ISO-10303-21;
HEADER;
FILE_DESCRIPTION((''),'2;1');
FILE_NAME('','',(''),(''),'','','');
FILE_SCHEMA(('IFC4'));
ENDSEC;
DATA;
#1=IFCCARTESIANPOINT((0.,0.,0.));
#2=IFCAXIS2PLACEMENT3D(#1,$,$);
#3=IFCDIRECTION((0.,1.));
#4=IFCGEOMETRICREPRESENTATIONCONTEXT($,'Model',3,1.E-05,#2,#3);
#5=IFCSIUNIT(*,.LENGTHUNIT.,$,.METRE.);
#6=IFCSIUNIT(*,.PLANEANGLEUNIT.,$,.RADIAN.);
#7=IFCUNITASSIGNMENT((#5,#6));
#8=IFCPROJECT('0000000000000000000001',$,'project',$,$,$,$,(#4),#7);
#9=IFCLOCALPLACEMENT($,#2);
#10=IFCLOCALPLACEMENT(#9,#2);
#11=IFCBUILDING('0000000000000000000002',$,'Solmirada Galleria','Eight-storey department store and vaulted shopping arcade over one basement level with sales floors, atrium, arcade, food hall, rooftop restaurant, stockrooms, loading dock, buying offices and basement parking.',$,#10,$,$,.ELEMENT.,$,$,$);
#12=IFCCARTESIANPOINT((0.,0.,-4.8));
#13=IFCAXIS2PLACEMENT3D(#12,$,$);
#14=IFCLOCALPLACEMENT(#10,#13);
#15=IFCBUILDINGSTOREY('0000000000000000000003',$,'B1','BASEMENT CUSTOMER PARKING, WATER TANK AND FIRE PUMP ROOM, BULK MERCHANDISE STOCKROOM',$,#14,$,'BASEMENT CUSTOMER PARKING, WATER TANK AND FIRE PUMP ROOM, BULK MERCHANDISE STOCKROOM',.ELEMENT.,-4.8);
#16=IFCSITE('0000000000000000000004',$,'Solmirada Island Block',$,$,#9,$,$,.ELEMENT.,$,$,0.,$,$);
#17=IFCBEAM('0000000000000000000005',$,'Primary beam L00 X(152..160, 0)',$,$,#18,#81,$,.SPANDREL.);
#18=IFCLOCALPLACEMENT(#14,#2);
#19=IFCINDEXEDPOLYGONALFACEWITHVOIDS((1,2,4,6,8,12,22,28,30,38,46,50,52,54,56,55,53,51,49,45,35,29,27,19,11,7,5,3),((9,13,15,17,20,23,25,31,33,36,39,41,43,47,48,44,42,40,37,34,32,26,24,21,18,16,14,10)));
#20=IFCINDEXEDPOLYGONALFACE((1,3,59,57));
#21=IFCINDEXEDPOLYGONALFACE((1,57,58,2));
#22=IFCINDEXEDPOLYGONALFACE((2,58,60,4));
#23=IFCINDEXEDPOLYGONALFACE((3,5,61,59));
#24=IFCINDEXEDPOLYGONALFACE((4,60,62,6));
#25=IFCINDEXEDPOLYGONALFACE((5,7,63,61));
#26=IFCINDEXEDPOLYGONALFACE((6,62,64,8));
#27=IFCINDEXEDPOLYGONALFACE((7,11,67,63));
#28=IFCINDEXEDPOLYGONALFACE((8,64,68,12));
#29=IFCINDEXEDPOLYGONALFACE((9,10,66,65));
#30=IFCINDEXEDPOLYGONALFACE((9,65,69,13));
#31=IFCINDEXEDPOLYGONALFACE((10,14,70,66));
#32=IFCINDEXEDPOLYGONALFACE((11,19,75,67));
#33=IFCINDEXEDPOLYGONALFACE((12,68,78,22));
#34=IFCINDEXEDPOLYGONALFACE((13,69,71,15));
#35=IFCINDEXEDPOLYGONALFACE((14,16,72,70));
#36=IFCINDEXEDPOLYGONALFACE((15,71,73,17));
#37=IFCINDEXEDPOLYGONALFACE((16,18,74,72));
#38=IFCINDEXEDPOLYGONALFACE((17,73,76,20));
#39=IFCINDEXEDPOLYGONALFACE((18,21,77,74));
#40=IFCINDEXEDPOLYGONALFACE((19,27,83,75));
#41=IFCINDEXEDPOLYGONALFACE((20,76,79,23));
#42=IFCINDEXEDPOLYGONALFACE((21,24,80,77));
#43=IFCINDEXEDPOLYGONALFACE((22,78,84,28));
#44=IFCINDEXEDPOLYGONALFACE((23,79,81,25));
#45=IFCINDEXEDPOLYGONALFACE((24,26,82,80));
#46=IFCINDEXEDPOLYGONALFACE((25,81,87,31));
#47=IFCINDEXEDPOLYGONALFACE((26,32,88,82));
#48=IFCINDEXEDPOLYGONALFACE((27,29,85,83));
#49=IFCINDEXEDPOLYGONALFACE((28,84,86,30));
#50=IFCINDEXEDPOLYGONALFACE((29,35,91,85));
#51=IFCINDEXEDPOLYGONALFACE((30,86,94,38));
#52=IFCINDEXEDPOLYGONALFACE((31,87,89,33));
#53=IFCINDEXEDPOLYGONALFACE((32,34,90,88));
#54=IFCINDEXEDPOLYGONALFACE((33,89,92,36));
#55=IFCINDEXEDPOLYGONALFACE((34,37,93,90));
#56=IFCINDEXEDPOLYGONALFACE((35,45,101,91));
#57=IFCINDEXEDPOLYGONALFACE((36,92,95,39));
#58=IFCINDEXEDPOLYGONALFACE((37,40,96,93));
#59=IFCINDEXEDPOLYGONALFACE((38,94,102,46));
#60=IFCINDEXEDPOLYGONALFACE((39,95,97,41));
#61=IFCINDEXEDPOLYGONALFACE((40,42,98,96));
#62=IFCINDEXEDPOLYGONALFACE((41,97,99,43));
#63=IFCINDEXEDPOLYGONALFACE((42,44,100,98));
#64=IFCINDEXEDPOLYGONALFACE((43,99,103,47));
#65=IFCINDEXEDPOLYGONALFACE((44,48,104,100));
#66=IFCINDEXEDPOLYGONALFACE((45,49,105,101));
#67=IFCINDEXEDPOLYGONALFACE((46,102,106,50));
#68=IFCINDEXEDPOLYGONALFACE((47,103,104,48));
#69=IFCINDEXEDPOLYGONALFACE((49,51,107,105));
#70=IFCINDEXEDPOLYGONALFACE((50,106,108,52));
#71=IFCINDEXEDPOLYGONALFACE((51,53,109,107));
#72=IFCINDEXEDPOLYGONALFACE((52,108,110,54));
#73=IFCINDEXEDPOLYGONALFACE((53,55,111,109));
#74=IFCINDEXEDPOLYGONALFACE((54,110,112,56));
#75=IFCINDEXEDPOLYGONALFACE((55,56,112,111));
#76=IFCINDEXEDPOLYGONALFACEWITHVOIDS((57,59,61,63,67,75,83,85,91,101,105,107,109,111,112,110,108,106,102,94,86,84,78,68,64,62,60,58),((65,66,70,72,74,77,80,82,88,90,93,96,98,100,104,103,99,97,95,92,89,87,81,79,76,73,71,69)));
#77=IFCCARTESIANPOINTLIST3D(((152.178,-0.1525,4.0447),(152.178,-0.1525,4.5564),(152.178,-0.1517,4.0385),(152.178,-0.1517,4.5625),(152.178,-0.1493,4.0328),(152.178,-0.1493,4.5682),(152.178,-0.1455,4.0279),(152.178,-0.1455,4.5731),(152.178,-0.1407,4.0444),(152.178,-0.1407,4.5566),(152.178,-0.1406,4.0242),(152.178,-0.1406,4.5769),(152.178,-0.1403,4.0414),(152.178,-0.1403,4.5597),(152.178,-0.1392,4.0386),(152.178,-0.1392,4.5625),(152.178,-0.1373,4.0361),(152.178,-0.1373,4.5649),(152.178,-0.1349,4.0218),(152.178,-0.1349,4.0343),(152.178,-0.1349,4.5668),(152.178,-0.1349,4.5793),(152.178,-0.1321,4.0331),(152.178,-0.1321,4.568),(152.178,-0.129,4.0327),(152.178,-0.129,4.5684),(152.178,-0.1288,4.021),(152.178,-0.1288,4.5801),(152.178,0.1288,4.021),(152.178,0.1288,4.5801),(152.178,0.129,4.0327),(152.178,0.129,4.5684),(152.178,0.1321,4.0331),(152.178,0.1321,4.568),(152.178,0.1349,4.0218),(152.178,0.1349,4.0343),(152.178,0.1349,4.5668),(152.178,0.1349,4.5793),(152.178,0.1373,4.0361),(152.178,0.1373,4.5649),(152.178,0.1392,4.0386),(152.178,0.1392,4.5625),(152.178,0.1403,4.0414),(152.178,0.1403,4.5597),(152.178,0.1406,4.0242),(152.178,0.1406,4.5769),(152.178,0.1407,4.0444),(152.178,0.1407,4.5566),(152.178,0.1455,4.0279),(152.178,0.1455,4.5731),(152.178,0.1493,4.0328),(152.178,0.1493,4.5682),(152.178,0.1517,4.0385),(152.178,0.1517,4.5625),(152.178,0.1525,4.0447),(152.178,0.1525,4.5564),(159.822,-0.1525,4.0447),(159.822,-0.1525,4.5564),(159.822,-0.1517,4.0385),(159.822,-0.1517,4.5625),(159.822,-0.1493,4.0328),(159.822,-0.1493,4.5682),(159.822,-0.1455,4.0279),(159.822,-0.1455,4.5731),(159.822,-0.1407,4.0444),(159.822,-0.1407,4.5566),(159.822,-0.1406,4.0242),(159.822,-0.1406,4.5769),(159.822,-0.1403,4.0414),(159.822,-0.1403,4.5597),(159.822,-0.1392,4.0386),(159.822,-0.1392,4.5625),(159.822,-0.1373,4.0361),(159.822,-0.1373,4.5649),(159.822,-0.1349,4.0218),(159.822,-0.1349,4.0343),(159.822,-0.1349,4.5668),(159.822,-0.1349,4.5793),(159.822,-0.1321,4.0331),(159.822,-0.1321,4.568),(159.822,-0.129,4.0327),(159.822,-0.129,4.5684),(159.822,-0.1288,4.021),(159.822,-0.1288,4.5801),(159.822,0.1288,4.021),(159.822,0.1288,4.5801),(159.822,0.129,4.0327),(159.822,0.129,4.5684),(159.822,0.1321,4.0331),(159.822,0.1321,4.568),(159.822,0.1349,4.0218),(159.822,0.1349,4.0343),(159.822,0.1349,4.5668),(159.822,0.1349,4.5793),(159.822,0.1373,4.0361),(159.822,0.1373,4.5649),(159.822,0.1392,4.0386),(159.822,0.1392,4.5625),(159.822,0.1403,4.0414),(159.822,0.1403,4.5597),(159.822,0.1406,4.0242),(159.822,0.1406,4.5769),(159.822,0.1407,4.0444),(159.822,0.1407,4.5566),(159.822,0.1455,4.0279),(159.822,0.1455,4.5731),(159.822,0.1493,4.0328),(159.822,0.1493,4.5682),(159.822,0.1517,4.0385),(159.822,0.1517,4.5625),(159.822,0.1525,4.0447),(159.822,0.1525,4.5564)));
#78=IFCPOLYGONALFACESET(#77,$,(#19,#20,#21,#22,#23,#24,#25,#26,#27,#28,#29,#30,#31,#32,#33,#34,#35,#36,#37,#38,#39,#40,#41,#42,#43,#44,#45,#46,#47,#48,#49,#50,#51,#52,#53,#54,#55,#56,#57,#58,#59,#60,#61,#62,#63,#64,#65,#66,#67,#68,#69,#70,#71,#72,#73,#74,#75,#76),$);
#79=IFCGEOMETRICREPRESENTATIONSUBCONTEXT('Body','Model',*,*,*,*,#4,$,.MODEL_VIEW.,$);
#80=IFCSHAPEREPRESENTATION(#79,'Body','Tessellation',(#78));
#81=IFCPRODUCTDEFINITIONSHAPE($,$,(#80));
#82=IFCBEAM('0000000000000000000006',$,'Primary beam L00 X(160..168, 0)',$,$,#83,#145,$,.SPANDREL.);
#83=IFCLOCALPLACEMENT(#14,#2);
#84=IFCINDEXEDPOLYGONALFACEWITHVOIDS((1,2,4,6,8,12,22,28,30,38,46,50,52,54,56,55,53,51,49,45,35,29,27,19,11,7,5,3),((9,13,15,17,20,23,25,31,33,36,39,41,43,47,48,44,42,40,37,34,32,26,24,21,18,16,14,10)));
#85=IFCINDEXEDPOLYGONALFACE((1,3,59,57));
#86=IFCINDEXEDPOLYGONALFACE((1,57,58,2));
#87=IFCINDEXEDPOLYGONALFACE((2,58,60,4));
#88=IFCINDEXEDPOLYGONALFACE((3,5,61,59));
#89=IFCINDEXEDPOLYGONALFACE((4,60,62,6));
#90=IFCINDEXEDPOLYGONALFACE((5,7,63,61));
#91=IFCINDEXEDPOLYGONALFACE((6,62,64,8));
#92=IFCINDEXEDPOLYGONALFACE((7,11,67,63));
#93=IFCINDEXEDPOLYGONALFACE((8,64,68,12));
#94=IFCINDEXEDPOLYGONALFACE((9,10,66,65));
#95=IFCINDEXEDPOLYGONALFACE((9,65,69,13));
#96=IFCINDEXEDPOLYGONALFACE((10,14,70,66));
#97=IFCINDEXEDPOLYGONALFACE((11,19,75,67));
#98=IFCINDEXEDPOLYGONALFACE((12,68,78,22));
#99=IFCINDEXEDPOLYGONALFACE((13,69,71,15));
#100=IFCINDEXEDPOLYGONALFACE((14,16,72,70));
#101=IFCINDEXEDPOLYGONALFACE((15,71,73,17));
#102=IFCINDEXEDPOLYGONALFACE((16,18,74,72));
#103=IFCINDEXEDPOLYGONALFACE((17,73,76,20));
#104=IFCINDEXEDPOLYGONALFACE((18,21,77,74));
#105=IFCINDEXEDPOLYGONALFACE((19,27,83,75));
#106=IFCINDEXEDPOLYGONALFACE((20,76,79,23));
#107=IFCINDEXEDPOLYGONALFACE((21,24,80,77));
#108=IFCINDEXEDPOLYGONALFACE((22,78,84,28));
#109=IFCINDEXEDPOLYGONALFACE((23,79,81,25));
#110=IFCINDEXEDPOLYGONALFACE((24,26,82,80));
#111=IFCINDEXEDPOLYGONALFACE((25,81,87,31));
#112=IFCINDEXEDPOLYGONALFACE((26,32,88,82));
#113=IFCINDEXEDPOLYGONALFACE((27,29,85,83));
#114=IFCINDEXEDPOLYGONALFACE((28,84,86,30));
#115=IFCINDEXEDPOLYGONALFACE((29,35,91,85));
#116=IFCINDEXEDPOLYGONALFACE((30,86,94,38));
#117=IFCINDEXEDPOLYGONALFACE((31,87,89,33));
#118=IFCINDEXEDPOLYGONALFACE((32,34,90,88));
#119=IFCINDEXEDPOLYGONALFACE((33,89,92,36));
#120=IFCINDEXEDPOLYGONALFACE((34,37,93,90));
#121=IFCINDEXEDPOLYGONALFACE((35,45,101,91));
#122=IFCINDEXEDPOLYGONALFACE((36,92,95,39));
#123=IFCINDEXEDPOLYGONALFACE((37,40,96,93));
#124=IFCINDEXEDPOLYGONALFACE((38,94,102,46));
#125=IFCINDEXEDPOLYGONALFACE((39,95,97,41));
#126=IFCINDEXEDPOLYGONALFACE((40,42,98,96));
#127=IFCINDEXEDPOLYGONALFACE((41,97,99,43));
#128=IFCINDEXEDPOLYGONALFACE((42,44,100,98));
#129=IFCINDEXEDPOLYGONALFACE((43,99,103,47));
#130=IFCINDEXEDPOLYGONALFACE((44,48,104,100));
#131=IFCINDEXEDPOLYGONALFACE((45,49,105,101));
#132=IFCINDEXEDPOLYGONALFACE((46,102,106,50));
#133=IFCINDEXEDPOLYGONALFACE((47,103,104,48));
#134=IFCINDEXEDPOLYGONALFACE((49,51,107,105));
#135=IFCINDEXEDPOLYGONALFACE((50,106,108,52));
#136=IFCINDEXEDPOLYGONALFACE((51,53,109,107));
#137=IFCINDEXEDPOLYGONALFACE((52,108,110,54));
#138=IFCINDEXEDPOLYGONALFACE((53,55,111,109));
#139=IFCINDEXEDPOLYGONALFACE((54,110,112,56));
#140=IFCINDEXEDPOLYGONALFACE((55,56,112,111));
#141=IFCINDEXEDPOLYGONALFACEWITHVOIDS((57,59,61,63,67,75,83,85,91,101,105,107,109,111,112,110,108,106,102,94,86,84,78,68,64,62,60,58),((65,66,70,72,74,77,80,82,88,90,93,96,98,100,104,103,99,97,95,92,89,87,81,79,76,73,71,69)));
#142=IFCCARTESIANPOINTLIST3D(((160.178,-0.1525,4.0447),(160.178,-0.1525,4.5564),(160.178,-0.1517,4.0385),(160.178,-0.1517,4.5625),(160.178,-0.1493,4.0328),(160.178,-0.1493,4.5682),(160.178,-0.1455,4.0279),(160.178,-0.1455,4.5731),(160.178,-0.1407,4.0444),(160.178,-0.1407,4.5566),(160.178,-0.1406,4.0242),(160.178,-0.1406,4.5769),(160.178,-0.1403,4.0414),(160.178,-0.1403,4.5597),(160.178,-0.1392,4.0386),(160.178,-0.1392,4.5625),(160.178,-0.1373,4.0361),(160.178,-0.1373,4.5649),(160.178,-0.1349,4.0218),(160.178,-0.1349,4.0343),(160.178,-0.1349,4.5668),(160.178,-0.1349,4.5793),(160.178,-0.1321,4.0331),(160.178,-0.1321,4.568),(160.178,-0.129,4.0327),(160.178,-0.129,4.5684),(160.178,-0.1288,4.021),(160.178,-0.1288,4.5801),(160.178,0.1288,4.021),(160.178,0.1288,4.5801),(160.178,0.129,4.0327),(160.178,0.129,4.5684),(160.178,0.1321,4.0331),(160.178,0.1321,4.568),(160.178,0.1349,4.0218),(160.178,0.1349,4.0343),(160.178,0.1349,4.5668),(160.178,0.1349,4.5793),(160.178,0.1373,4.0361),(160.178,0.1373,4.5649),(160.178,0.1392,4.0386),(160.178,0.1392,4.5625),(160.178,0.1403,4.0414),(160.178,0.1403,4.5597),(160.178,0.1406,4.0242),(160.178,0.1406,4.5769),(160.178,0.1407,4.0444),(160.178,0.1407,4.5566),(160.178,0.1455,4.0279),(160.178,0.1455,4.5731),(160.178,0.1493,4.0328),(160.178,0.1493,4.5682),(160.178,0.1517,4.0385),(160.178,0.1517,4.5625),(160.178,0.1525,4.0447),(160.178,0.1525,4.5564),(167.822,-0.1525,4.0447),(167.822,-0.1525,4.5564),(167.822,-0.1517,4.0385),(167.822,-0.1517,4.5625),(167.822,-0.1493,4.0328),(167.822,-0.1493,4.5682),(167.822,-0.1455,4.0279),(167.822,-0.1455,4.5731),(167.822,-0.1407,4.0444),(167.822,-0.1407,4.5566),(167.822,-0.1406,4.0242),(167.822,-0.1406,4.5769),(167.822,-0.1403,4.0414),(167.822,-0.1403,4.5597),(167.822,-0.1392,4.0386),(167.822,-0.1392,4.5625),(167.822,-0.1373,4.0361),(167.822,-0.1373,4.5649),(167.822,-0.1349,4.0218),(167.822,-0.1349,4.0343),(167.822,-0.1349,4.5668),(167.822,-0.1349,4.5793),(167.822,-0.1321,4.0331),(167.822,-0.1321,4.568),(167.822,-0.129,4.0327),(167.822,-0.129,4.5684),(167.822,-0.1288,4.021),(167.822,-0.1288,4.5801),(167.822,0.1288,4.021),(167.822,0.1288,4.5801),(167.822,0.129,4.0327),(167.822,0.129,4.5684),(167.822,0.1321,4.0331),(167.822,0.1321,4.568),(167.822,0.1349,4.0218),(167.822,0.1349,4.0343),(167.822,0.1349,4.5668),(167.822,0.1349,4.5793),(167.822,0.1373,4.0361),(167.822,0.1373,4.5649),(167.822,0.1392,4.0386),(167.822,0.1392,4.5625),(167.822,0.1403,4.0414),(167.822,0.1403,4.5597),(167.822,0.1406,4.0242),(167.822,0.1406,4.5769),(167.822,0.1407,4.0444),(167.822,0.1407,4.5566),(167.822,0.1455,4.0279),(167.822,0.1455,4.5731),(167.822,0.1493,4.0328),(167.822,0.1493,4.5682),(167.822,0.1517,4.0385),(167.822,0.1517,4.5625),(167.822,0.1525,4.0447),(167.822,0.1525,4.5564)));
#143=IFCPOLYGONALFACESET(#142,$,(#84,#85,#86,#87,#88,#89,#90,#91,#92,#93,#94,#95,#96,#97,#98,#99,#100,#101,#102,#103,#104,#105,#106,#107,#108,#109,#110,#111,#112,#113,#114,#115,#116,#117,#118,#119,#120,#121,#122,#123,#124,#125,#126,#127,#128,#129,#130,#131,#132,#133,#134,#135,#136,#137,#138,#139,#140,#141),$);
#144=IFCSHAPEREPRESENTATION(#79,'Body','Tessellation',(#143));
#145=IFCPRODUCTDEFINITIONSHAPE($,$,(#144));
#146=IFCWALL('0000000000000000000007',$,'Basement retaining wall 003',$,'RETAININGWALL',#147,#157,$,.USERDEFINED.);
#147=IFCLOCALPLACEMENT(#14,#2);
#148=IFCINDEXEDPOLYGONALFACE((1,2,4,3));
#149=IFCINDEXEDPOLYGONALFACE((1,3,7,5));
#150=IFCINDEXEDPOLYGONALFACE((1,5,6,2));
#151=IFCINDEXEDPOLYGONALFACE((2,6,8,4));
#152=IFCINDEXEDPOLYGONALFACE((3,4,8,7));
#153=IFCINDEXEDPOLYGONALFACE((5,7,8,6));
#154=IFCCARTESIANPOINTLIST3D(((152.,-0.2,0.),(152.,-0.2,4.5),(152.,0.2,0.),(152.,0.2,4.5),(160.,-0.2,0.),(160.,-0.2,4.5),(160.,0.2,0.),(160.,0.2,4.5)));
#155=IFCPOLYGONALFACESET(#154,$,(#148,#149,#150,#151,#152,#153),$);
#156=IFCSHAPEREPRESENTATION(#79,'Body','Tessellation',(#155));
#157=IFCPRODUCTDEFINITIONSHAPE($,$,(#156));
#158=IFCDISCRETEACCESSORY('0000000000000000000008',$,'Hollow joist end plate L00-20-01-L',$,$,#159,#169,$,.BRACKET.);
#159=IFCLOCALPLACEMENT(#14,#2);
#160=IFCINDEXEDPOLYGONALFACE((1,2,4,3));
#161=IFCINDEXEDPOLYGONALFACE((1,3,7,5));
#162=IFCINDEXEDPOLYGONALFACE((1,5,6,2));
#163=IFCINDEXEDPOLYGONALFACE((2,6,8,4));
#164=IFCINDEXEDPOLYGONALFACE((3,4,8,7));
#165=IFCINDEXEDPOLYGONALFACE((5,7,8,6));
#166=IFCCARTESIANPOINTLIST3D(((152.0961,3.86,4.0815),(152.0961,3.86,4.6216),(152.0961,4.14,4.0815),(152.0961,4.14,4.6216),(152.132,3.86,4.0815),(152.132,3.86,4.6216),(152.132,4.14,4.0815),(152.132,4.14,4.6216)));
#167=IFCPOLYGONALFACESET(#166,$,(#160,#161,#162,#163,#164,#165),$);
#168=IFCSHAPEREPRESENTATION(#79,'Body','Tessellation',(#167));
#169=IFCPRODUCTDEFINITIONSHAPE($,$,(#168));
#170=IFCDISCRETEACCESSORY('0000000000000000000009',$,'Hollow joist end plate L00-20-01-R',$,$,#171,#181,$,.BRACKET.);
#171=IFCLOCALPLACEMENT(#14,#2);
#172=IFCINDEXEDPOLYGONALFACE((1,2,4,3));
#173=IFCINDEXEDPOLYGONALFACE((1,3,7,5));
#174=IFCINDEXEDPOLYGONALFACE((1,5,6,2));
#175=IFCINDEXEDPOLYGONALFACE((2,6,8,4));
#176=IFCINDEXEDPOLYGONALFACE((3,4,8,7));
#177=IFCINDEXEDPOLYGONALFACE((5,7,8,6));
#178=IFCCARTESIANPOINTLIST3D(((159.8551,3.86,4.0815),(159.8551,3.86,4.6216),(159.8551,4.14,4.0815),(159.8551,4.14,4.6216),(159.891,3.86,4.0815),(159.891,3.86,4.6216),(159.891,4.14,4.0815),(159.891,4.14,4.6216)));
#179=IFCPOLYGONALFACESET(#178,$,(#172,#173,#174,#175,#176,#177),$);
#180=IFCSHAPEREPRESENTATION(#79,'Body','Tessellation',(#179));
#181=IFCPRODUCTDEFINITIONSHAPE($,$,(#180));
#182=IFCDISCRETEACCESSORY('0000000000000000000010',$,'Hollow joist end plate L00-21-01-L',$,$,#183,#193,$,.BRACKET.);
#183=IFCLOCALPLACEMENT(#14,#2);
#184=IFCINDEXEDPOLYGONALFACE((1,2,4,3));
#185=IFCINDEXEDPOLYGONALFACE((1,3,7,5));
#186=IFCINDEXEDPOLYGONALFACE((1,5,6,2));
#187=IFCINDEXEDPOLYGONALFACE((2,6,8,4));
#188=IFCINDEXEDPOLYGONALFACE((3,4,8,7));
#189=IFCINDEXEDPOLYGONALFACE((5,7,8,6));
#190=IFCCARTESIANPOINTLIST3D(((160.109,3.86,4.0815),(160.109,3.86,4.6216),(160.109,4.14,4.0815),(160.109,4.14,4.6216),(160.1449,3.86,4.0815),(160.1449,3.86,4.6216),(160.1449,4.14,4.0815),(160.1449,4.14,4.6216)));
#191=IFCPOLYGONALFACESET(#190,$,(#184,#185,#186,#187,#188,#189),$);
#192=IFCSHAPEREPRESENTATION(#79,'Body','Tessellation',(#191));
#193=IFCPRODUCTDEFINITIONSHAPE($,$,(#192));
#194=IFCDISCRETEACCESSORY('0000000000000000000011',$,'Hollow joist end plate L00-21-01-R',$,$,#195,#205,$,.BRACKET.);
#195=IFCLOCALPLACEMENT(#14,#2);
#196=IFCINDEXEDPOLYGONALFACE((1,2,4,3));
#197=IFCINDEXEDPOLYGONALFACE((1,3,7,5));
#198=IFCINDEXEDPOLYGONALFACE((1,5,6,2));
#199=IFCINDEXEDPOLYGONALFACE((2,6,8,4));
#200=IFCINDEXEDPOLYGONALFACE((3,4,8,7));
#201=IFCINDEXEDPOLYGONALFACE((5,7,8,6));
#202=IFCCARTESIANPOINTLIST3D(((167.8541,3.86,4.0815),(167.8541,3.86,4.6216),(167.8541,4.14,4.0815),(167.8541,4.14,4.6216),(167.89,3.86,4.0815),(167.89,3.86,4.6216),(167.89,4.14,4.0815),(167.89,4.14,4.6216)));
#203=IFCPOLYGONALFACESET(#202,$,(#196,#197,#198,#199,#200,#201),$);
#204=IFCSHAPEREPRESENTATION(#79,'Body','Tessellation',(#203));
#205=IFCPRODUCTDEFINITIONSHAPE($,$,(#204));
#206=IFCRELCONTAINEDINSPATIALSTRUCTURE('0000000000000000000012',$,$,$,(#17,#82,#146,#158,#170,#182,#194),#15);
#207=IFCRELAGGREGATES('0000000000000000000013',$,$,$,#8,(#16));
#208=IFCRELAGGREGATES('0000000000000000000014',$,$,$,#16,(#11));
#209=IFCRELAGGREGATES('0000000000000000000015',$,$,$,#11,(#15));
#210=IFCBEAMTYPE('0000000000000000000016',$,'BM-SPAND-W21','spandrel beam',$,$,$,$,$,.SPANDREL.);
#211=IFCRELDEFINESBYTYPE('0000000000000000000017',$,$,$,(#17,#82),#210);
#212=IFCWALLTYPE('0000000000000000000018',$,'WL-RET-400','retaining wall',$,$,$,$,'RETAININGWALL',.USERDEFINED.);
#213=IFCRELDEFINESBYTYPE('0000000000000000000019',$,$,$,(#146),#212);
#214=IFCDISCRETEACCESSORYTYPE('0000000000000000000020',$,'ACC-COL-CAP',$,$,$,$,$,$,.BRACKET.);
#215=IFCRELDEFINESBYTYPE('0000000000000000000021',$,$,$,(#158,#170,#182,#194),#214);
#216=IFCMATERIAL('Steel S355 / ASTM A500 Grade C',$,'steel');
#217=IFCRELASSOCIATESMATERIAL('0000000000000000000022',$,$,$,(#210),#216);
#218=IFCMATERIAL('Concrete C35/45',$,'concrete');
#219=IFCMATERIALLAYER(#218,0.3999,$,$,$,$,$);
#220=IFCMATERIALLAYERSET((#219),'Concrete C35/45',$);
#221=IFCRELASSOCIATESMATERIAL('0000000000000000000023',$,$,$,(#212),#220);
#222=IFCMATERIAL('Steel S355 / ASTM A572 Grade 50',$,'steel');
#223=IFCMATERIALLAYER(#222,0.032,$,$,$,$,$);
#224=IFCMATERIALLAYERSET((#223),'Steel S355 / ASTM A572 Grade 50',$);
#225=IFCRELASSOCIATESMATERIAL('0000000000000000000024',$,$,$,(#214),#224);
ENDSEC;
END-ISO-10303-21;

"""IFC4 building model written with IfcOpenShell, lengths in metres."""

from ifc_helpers import new_model, si_unit, direction, frame, frame_2d, origin, origin_2d, place, context, subcontext, project, spatial, rectangle, hollow_rectangle, extrude, material, layer, layer_set, material_profile, profile_set, type_object, element, save


model = new_model("IFC4")

# Units and contexts
model_context = context("Model", 3, precision=1e-05, world=origin(), true_north=direction((0.0, 1.0)))
body_context = subcontext(model_context, "Body", "Model", "MODEL_VIEW")
ifc_project = project(units=[si_unit("LENGTHUNIT", "METRE"), si_unit("PLANEANGLEUNIT", "RADIAN")], contexts=[model_context])

# Site, building, storey
site_placement = place(None, origin())
site = spatial("IfcSite", under=ifc_project, at=site_placement, Name="Solmirada Island Block", CompositionType="ELEMENT", RefElevation=0.0)
building_placement = place(site_placement, origin())
building = spatial("IfcBuilding", under=site, at=building_placement, Name="Solmirada Galleria", Description="Eight-storey department store and vaulted shopping arcade over one basement level with sales floors, atrium, arcade, food hall, rooftop restaurant, stockrooms, loading dock, buying offices and basement parking.", CompositionType="ELEMENT")
storey_placement = place(building_placement, frame((0.0, 0.0, -4.8)))
storey = spatial("IfcBuildingStorey", under=building, at=storey_placement, Name="B1", Description="BASEMENT CUSTOMER PARKING, WATER TANK AND FIRE PUMP ROOM, BULK MERCHANDISE STOCKROOM", LongName="BASEMENT CUSTOMER PARKING, WATER TANK AND FIRE PUMP ROOM, BULK MERCHANDISE STOCKROOM", CompositionType="ELEMENT", Elevation=-4.8)

# Shared definitions
ifc_material_1 = material(Name="Concrete C35/45", Category="concrete")

# Shared definitions
ifc_material_2 = material(Name="Steel S355 / ASTM A500 Grade C", Category="steel")

# Beams
ifc_material_profile_1 = material_profile(ifc_material_2, hollow_rectangle(XDim=0.3049, YDim=0.5591, WallThickness=0.0117, InnerFilletRadius=0.0117, OuterFilletRadius=0.0237, at=origin_2d()), Name="HSS22X12X1/2")
ifc_profile_set_1 = profile_set([ifc_material_profile_1], Name="Steel S355 / ASTM A500 Grade C")
beam_type_1 = type_object("IfcBeamType", Name="BM-SPAND-W21", Description="spandrel beam", PredefinedType="SPANDREL", material=ifc_profile_set_1)
for number, where, z_axis, x_axis, name in (
    (1, (152.178, 0.0, 4.3005), (1.0, 0.0, 0.0), (0.0, 1.0, 0.0), "Primary beam L00 X(152..160, 0)"),
    (2, (160.178, 0.0, 4.3005), (1.0, 0.0, 0.0), (0.0, 1.0, 0.0), "Primary beam L00 X(160..168, 0)"),
):
    element("IfcBeam", number, at=place(storey_placement, frame(where, z_axis=z_axis, x_axis=x_axis)), inside=storey, type_object=beam_type_1, Name=name, PredefinedType="SPANDREL", context=body_context, shape_type="SweptSolid", body=[
        extrude(hollow_rectangle(XDim=0.3049, YDim=0.5591, WallThickness=0.0117, InnerFilletRadius=0.0117, OuterFilletRadius=0.0237, at=origin_2d()), origin(), (0.0, 0.0, 1.0), 7.644),
    ])

# Wall
ifc_layer_1 = layer(ifc_material_1, 0.3999)
ifc_layer_set_1 = layer_set([ifc_layer_1], Name="Concrete C35/45")
wall_type = type_object("IfcWallType", Name="WL-RET-400", Description="retaining wall", ElementType="RETAININGWALL", PredefinedType="USERDEFINED", material=ifc_layer_set_1)
wall_placement = place(storey_placement, frame((160.0, 0.0, 0.0), z_axis=(0.0, 0.0, 1.0), x_axis=(-1.0, 0.0, 0.0)))
element("IfcWall", 3, at=wall_placement, inside=storey, type_object=wall_type, Name="Basement retaining wall 003", ObjectType="RETAININGWALL", PredefinedType="USERDEFINED", context=body_context, shape_type="SweptSolid", body=[
    extrude(rectangle(XDim=8.0, YDim=0.3999, at=frame_2d((4.0, 0.0))), origin(), (0.0, 0.0, 1.0), 4.5),
])

# Discrete accessories
ifc_material_3 = material(Name="Steel S355 / ASTM A572 Grade 50", Category="steel")
ifc_layer_2 = layer(ifc_material_3, 0.032)
ifc_layer_set_2 = layer_set([ifc_layer_2], Name="Steel S355 / ASTM A572 Grade 50")
discrete_accessory_type = type_object("IfcDiscreteAccessoryType", Name="ACC-COL-CAP", PredefinedType="BRACKET", material=ifc_layer_set_2)
for number, where, z_axis, x_axis, name in (
    (4, (152.114, 4.0, 4.0815), (0.0, 0.0, 1.0), (1.0, 0.0, 0.0), "Hollow joist end plate L00-20-01-L"),
    (5, (159.873, 4.0, 4.0815), (0.0, 0.0, 1.0), (1.0, 0.0, 0.0), "Hollow joist end plate L00-20-01-R"),
    (6, (160.127, 4.0, 4.0815), (0.0, 0.0, 1.0), (1.0, 0.0, 0.0), "Hollow joist end plate L00-21-01-L"),
    (7, (167.8721, 4.0, 4.0815), (0.0, 0.0, 1.0), (1.0, 0.0, 0.0), "Hollow joist end plate L00-21-01-R"),
):
    element("IfcDiscreteAccessory", number, at=place(storey_placement, frame(where, z_axis=z_axis, x_axis=x_axis)), inside=storey, type_object=discrete_accessory_type, Name=name, PredefinedType="BRACKET", context=body_context, shape_type="SweptSolid", body=[
        extrude(rectangle(XDim=0.0359, YDim=0.28, at=origin_2d()), origin(), (0.0, 0.0, 1.0), 0.54),
    ])

save(model, "model.ifc")
